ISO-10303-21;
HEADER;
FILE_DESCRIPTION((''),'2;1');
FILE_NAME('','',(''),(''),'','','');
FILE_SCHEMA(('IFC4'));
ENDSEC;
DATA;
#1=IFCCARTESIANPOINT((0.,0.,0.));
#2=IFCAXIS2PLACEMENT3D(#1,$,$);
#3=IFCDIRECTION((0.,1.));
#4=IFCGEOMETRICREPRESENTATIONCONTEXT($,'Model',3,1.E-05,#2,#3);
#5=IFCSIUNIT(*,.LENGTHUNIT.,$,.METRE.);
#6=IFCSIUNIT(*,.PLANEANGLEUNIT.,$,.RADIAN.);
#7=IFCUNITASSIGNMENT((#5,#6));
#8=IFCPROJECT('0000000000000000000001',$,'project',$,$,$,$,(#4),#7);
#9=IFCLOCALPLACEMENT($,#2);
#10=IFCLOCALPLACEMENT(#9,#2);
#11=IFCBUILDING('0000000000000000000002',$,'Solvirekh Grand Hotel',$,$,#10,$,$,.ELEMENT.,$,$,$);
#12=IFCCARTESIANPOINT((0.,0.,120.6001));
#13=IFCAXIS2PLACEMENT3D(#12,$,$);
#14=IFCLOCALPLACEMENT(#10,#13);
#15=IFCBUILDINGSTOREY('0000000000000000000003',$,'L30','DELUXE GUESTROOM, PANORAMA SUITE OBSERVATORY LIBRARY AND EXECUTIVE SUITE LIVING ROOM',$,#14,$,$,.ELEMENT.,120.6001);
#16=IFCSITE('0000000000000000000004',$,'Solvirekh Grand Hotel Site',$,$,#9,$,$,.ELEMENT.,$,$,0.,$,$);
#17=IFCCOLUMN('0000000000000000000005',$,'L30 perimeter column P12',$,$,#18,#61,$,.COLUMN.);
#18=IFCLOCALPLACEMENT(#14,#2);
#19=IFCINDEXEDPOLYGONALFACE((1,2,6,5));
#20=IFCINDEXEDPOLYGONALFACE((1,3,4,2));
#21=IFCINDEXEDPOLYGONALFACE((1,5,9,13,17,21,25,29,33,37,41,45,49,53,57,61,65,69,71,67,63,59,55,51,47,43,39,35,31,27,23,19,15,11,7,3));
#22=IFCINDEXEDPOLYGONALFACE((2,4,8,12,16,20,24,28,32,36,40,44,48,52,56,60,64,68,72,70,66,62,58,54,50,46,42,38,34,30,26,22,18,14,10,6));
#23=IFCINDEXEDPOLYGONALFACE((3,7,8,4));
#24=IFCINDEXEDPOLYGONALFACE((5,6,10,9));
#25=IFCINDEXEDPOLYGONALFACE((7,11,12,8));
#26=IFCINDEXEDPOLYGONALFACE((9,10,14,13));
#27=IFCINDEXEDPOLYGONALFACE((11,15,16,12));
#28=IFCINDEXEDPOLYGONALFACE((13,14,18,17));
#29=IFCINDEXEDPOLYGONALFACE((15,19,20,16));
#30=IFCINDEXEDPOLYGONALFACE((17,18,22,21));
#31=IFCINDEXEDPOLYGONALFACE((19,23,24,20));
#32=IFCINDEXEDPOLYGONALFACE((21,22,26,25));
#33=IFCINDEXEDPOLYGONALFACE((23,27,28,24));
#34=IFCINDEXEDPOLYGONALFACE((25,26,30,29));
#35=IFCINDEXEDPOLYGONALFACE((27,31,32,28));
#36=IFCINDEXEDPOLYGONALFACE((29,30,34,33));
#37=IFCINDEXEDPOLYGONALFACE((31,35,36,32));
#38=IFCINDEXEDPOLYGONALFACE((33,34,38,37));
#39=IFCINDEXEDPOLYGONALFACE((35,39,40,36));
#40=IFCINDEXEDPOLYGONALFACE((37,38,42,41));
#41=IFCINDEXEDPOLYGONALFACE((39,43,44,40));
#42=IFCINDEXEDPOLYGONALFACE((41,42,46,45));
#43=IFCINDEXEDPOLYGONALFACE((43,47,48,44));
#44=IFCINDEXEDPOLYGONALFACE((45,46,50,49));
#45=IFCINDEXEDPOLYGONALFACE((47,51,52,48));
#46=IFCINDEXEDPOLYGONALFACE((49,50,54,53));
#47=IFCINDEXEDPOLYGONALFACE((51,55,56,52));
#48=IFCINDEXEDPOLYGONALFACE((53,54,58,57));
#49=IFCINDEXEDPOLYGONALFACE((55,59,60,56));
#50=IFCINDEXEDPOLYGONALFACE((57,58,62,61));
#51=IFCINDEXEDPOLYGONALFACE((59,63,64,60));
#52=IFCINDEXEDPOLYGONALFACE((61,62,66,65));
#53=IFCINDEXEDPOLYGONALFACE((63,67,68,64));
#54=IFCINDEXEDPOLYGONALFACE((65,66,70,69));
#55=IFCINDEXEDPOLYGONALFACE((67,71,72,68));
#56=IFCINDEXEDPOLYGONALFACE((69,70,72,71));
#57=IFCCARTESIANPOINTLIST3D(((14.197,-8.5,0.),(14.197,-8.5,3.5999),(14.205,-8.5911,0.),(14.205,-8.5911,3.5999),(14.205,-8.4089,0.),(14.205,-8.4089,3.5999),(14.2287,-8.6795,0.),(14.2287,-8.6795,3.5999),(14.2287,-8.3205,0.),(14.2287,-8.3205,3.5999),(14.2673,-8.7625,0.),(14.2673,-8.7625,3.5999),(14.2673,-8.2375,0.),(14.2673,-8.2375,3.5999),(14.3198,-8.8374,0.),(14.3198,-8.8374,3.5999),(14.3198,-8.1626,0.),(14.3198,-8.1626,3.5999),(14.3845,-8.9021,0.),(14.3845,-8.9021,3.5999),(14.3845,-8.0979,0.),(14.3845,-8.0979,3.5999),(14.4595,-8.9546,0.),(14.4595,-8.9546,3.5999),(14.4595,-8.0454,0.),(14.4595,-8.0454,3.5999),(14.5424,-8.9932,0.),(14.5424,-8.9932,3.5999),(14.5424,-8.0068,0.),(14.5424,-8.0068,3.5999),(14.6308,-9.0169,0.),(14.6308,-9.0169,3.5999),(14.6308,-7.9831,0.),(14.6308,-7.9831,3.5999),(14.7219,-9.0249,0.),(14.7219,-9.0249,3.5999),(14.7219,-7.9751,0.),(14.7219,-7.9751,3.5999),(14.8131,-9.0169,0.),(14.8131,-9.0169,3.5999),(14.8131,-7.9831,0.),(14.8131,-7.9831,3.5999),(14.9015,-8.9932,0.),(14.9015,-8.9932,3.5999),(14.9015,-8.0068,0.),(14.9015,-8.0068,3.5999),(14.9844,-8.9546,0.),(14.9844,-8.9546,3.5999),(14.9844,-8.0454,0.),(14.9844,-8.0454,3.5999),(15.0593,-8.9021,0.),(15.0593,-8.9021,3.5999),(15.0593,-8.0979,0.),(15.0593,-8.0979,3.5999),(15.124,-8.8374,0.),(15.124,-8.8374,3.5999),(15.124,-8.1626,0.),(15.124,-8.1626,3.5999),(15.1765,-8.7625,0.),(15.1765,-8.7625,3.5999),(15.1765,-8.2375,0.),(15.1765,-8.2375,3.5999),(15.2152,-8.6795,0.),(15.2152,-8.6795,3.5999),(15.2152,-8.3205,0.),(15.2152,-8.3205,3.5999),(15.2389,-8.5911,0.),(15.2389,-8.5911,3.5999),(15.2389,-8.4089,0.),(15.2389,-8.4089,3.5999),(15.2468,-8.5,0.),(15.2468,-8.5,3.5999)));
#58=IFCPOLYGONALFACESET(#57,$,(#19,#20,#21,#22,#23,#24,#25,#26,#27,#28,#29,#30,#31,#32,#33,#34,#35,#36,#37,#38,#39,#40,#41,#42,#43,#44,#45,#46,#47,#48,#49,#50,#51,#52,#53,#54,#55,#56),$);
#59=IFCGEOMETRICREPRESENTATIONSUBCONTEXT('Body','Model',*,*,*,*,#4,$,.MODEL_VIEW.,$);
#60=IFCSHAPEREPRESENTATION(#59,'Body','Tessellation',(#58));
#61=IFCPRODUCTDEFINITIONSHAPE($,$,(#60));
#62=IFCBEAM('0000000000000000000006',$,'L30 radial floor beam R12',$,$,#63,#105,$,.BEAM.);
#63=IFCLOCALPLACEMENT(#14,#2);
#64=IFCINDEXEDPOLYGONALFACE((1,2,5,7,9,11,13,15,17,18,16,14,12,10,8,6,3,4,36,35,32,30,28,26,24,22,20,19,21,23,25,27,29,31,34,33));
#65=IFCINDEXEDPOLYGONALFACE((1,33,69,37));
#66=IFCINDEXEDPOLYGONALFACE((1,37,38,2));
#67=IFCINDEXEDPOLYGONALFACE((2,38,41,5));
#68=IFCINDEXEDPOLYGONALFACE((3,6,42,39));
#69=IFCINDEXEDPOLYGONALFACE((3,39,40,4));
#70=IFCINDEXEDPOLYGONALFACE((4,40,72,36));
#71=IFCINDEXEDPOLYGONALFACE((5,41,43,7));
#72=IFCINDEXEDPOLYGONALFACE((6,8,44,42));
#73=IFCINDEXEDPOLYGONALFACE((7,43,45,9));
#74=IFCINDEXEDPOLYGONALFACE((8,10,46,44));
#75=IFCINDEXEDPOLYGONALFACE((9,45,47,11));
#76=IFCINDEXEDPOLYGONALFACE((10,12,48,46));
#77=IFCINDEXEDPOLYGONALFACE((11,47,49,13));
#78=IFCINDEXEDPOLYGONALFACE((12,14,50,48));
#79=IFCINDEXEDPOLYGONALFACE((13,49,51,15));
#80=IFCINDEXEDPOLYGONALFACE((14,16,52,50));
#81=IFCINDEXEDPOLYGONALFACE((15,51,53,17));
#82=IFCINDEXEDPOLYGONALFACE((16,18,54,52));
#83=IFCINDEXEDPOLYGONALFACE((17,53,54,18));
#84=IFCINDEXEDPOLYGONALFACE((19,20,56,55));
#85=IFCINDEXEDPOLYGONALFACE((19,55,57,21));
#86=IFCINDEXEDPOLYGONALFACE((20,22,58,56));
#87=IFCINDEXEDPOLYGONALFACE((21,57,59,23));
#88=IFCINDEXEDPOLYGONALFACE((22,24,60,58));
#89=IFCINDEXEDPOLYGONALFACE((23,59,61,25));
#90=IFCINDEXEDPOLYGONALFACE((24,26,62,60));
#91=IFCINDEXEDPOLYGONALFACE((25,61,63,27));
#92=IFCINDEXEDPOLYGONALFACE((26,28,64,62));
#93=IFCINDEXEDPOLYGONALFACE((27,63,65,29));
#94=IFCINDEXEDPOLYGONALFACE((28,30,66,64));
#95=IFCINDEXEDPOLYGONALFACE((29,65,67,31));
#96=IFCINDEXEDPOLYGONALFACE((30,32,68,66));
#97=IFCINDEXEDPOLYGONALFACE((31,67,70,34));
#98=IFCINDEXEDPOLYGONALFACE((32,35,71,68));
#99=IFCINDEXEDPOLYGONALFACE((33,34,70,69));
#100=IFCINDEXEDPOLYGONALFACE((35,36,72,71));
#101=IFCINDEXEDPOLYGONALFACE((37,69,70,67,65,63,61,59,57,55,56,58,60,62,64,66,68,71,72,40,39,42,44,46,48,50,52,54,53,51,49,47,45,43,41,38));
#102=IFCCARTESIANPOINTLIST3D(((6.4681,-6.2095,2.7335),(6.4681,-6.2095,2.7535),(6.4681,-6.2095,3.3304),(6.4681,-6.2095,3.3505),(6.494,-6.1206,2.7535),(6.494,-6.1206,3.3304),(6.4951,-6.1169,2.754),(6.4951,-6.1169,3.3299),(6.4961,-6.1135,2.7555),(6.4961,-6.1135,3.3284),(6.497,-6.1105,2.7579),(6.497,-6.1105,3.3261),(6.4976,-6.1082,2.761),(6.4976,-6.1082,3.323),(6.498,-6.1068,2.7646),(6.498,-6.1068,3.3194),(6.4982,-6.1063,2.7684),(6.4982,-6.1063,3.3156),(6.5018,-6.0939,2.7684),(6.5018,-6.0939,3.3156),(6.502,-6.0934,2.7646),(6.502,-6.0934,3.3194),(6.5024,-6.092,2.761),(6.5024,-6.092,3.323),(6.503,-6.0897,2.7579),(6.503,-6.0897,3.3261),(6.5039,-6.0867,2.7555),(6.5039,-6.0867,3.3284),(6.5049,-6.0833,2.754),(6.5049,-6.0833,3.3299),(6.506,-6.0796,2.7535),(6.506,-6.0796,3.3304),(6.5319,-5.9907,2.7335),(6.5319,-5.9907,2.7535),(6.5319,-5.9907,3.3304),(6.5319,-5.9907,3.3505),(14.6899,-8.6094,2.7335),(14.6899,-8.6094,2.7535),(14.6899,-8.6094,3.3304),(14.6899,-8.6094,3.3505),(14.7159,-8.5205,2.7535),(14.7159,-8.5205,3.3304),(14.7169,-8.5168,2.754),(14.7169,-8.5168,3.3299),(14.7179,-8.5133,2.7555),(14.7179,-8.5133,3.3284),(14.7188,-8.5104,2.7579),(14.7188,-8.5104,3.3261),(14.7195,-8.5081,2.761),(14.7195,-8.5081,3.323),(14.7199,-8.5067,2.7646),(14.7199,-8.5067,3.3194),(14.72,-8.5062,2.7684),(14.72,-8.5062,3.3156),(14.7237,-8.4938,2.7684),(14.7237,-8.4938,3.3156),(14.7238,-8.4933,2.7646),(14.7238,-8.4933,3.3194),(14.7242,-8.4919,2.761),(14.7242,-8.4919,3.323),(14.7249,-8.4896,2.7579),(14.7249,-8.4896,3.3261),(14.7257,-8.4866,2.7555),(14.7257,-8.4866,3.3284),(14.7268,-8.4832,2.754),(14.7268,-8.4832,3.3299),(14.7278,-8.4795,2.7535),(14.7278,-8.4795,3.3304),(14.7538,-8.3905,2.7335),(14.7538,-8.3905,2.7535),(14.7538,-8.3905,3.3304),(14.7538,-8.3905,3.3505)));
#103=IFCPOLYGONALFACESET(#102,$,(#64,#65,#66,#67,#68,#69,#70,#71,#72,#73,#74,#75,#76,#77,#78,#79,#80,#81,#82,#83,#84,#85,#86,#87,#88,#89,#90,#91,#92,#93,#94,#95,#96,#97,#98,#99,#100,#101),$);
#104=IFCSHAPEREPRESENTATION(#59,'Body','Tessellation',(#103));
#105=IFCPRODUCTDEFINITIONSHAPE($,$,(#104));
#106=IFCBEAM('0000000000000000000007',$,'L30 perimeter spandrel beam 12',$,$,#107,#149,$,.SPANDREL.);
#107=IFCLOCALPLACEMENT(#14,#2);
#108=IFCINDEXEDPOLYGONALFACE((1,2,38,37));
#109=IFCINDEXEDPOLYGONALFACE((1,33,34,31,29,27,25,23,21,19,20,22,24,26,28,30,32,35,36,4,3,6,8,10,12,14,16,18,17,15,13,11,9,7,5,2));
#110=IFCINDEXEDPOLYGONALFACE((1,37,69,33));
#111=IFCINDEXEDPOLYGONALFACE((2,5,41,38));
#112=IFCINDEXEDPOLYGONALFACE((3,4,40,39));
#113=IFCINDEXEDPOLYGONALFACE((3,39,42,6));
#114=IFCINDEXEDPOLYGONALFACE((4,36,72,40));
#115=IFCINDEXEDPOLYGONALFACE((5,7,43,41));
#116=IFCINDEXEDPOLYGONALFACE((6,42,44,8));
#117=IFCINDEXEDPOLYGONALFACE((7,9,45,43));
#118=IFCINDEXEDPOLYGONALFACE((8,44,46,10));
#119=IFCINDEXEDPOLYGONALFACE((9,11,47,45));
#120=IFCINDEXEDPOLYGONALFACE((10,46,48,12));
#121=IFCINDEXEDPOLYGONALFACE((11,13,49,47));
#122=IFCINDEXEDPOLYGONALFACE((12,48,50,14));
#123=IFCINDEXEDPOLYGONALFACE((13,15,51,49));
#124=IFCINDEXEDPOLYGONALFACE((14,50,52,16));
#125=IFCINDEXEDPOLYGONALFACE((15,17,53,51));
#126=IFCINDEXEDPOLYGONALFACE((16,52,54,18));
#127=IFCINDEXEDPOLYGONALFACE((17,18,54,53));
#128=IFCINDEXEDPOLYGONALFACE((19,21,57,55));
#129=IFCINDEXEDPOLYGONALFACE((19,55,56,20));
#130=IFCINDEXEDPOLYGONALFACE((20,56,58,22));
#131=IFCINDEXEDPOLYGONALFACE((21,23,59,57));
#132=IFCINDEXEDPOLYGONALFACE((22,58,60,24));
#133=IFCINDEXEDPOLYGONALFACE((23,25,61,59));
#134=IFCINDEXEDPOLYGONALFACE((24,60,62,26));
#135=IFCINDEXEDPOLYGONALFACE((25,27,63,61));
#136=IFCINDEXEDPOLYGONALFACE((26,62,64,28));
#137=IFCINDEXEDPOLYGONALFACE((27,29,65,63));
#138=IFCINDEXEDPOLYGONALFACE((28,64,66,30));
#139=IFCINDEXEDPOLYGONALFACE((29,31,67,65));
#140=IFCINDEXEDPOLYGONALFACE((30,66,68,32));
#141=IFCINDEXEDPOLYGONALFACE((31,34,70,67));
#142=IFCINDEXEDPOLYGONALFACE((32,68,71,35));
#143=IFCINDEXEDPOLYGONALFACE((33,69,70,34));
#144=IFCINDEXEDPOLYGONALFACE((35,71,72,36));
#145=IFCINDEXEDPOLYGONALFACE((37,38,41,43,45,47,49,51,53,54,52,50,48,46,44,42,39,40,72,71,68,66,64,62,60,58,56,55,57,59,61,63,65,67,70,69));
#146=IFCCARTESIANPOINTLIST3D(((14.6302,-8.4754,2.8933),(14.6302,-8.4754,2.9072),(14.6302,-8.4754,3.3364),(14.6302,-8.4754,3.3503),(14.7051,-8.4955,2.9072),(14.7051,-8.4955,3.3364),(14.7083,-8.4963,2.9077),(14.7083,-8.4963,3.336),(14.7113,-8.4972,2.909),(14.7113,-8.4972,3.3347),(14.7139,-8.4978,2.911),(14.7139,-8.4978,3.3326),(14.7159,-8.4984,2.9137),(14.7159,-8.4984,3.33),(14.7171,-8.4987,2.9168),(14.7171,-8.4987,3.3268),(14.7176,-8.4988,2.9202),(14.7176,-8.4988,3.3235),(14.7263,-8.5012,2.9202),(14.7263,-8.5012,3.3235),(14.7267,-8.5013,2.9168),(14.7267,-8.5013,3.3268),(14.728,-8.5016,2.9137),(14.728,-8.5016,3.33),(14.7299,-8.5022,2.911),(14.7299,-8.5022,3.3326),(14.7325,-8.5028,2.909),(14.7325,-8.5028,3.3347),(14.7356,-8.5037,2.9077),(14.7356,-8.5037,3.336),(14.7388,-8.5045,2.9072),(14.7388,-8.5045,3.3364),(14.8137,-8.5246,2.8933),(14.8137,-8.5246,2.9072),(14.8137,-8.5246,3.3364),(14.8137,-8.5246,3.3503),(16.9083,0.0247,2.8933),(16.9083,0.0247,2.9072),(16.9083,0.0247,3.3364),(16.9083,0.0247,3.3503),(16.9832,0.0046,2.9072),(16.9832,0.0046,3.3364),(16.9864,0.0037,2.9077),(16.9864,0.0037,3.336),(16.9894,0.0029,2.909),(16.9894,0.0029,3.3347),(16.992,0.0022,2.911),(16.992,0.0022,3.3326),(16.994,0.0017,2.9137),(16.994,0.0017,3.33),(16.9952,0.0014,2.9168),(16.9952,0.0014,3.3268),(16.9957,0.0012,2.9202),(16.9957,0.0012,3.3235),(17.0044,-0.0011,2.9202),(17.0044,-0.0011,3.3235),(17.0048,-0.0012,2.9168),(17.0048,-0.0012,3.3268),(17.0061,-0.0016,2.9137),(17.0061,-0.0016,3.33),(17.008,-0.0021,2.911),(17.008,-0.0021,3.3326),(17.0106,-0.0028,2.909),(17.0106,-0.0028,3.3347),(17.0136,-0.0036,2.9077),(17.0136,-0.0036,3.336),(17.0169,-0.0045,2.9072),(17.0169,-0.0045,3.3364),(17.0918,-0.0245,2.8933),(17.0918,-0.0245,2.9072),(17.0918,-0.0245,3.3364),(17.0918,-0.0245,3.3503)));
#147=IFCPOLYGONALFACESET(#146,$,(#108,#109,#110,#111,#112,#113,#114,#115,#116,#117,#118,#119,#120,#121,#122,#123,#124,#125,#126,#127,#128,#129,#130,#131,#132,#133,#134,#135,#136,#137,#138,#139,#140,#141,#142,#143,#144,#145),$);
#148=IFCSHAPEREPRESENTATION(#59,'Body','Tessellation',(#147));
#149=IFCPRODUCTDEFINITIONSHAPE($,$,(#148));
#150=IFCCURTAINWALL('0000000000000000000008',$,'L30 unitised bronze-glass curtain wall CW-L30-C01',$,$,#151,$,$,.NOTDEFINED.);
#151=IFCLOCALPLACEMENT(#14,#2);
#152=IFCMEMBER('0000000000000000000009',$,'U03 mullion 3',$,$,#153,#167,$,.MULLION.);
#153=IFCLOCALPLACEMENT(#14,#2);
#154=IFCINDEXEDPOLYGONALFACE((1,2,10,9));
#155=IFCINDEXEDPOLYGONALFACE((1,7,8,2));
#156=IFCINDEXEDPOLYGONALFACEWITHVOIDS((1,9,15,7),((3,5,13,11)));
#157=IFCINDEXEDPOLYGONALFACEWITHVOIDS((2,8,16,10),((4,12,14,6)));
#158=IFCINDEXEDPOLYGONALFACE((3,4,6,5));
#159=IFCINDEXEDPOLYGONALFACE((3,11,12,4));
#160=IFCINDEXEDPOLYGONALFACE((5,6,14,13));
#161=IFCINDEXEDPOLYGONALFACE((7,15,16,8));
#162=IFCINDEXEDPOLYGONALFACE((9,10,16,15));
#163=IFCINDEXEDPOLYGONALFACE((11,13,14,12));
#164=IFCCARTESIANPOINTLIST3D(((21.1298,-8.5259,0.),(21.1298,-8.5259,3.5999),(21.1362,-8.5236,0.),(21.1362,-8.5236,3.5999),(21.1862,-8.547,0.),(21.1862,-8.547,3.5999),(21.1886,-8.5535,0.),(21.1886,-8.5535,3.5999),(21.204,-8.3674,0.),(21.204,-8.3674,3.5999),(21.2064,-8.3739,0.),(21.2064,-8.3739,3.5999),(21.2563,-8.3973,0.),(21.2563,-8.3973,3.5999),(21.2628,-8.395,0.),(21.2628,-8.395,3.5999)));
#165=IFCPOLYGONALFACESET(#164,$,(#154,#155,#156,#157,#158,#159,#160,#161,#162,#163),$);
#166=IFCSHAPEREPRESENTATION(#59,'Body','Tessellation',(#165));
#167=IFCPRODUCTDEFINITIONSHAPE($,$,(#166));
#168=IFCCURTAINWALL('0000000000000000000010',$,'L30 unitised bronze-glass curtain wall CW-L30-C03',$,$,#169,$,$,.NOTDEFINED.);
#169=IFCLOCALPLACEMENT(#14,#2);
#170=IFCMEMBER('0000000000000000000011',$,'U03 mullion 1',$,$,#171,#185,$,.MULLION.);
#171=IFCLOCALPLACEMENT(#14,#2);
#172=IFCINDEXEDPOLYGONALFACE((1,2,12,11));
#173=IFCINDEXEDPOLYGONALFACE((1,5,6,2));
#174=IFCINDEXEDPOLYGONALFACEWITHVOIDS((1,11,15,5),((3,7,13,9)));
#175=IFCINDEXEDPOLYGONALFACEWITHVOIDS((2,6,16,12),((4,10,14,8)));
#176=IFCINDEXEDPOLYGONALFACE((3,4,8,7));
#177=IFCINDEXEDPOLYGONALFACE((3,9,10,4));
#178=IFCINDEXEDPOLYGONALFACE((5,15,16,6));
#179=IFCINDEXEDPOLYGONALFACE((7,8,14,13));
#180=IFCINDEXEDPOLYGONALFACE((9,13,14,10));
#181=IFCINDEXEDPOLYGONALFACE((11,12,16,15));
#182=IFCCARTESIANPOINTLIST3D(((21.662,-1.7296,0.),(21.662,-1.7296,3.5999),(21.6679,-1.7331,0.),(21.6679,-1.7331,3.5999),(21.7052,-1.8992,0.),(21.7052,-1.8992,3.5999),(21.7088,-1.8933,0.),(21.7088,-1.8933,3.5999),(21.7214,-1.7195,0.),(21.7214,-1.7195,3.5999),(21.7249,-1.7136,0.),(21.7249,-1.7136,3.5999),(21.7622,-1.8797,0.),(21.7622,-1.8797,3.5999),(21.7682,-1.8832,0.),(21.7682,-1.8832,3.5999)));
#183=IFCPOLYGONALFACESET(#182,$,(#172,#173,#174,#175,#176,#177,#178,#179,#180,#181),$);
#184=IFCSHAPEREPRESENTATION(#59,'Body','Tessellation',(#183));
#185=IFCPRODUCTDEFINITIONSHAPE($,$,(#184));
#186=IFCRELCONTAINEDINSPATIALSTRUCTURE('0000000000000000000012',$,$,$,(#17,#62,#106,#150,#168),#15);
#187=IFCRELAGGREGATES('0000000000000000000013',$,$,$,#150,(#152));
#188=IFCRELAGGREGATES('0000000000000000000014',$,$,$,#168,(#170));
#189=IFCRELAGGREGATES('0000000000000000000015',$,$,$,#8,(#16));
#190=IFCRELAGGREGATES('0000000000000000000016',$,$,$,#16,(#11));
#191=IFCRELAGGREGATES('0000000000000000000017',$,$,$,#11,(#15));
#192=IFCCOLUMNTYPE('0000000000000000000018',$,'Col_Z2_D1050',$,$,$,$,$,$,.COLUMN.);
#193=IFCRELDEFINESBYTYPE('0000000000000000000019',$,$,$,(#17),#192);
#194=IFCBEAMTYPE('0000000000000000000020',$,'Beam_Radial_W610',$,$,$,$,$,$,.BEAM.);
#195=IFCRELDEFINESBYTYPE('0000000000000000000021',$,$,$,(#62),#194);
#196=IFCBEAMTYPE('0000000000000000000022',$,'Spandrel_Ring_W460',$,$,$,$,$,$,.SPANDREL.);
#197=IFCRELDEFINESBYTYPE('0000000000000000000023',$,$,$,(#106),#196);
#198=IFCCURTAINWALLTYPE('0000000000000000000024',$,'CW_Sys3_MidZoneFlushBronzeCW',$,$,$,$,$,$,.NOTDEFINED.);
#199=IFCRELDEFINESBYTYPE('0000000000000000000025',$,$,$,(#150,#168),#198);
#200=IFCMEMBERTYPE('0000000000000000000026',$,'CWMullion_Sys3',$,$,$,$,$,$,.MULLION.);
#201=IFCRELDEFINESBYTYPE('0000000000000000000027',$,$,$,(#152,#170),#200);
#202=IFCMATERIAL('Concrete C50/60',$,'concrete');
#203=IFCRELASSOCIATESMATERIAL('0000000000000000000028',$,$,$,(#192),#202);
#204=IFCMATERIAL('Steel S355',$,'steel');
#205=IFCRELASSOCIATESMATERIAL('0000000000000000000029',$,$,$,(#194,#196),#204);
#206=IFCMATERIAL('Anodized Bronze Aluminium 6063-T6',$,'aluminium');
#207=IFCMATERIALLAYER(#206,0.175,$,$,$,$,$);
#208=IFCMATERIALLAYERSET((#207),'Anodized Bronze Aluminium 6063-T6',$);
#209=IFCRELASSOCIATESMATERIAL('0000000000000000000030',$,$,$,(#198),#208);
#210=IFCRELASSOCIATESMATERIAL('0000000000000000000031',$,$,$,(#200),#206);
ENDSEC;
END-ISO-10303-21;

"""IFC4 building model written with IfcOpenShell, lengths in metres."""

from ifc_helpers import new_model, si_unit, direction, frame, origin, origin_2d, place, context, subcontext, project, spatial, hollow_rectangle, circle, i_section, extrude, source, transform, mapped, material, layer, layer_set, material_profile, profile_set, type_object, element, aggregate, save


model = new_model("IFC4")

# Units and contexts
model_context = context("Model", 3, precision=1e-05, world=origin(), true_north=direction((0.0, 1.0)))
body_context = subcontext(model_context, "Body", "Model", "MODEL_VIEW")
ifc_project = project(units=[si_unit("LENGTHUNIT", "METRE"), si_unit("PLANEANGLEUNIT", "RADIAN")], contexts=[model_context])

# Site, building, storey
site_placement = place(None, origin())
site = spatial("IfcSite", under=ifc_project, at=site_placement, Name="Solvirekh Grand Hotel Site", CompositionType="ELEMENT", RefElevation=0.0)
building_placement = place(site_placement, origin())
building = spatial("IfcBuilding", under=site, at=building_placement, Name="Solvirekh Grand Hotel", CompositionType="ELEMENT")
storey_placement = place(building_placement, frame((0.0, 0.0, 120.6001)))
storey = spatial("IfcBuildingStorey", under=building, at=storey_placement, Name="L30", Description="DELUXE GUESTROOM, PANORAMA SUITE OBSERVATORY LIBRARY AND EXECUTIVE SUITE LIVING ROOM", CompositionType="ELEMENT", Elevation=120.6001)

# Column
ifc_material_1 = material(Name="Concrete C50/60", Category="concrete")
ifc_material_profile_1 = material_profile(ifc_material_1, circle(Radius=0.5249, at=origin_2d()), Name="RC CIRC D1050")
ifc_profile_set_1 = profile_set([ifc_material_profile_1], Name="Concrete C50/60")
column_type = type_object("IfcColumnType", Name="Col_Z2_D1050", PredefinedType="COLUMN", material=ifc_profile_set_1)
column_placement = place(storey_placement, frame((14.7219, -8.5, 0.0), z_axis=(0.0, 0.0, 1.0), x_axis=(1.0, 0.0, 0.0)))
element("IfcColumn", 1, at=column_placement, inside=storey, type_object=column_type, Name="L30 perimeter column P12", PredefinedType="COLUMN", context=body_context, shape_type="SweptSolid", body=[
    extrude(circle(Radius=0.5249, at=origin_2d()), origin(), (0.0, 0.0, 1.0), 3.5999),
])

# Beams
ifc_material_2 = material(Name="Steel S355", Category="steel")
ifc_material_profile_2 = material_profile(ifc_material_2, i_section(OverallWidth=0.228, OverallDepth=0.6169, WebThickness=0.0129, FlangeThickness=0.02, FilletRadius=0.0149, at=origin_2d()), Name="W610X140")
ifc_profile_set_2 = profile_set([ifc_material_profile_2], Name="Steel S355")
beam_type_1 = type_object("IfcBeamType", Name="Beam_Radial_W610", PredefinedType="BEAM", material=ifc_profile_set_2)
beam_1_placement = place(storey_placement, frame((6.5, -6.1001, 3.042), z_axis=(0.959942, -0.280198, 0.0), x_axis=(0.280198, 0.959942, 0.0)))
element("IfcBeam", 2, at=beam_1_placement, inside=storey, type_object=beam_type_1, Name="L30 radial floor beam R12", PredefinedType="BEAM", context=body_context, shape_type="SweptSolid", body=[
    extrude(i_section(OverallWidth=0.228, OverallDepth=0.6169, WebThickness=0.0129, FlangeThickness=0.02, FilletRadius=0.0149, at=origin_2d()), origin(), (0.0, 0.0, 1.0), 8.5649),
])
ifc_material_profile_3 = material_profile(ifc_material_2, i_section(OverallWidth=0.1899, OverallDepth=0.457, WebThickness=0.009, FlangeThickness=0.0139, FilletRadius=0.0129, at=origin_2d()), Name="W460X74")
ifc_profile_set_3 = profile_set([ifc_material_profile_3], Name="Steel S355")
beam_type_2 = type_object("IfcBeamType", Name="Spandrel_Ring_W460", PredefinedType="SPANDREL", material=ifc_profile_set_3)
beam_2_placement = place(storey_placement, frame((14.7219, -8.5, 3.1218), z_axis=(0.258873, 0.965911, 0.0), x_axis=(-0.965911, 0.258873, 0.0)))
element("IfcBeam", 3, at=beam_2_placement, inside=storey, type_object=beam_type_2, Name="L30 perimeter spandrel beam 12", PredefinedType="SPANDREL", context=body_context, shape_type="SweptSolid", body=[
    extrude(i_section(OverallWidth=0.1899, OverallDepth=0.457, WebThickness=0.009, FlangeThickness=0.0139, FilletRadius=0.0129, at=origin_2d()), origin(), (0.0, 0.0, 1.0), 8.8),
])

# Curtain wall, member
ifc_material_3 = material(Name="Anodized Bronze Aluminium 6063-T6", Category="aluminium")
ifc_layer_1 = layer(ifc_material_3, 0.175)
ifc_layer_set_1 = layer_set([ifc_layer_1], Name="Anodized Bronze Aluminium 6063-T6")
curtain_wall_type = type_object("IfcCurtainWallType", Name="CW_Sys3_MidZoneFlushBronzeCW", PredefinedType="NOTDEFINED", material=ifc_layer_set_1)
curtain_wall_1_placement = place(storey_placement, origin())
curtain_wall_1 = element("IfcCurtainWall", 4, at=curtain_wall_1_placement, inside=storey, type_object=curtain_wall_type, Name="L30 unitised bronze-glass curtain wall CW-L30-C01", PredefinedType="NOTDEFINED")
ifc_material_profile_4 = material_profile(ifc_material_3, hollow_rectangle(XDim=0.0649, YDim=0.175, WallThickness=0.0049, at=origin_2d()), Name="ALU RHS 175X65X5")
ifc_profile_set_4 = profile_set([ifc_material_profile_4], Name="Anodized Bronze Aluminium 6063-T6")
member_type_1 = type_object("IfcMemberType", Name="CWMullion_Sys3", PredefinedType="MULLION", material=ifc_profile_set_4)
shared_shape_1 = source(origin(), body_context, "Body", "SweptSolid", [
    extrude(hollow_rectangle(XDim=0.0649, YDim=0.175, WallThickness=0.0049, at=origin_2d()), origin(), (0.0, 0.0, 1.0), 3.5999),
])
member_1_placement = place(storey_placement, frame((21.1963, -8.4604, 0.0), z_axis=(0.0, 0.0, 1.0), x_axis=(-0.905564, 0.424209, 0.0)))
member_1 = element("IfcMember", 5, at=member_1_placement, type_object=member_type_1, Name="U03 mullion 3", PredefinedType="MULLION", context=body_context, shape_type="MappedRepresentation", body=[
    mapped(shared_shape_1, transform((0.0, 0.0, 0.0), x_axis=(1.0, 0.0, 0.0), y_axis=(0.0, 1.0, 0.0), z_axis=(0.0, 0.0, 1.0), scale=1.0)),
])
aggregate(curtain_wall_1, [member_1])

# Curtain wall, member
curtain_wall_2_placement = place(storey_placement, origin())
curtain_wall_2 = element("IfcCurtainWall", 6, at=curtain_wall_2_placement, inside=storey, type_object=curtain_wall_type, Name="L30 unitised bronze-glass curtain wall CW-L30-C03", PredefinedType="NOTDEFINED")
member_2_placement = place(storey_placement, frame((21.7151, -1.8064, 0.0), z_axis=(0.0, 0.0, 1.0), x_axis=(-0.96903, -0.246943, 0.0)))
member_2 = element("IfcMember", 7, at=member_2_placement, type_object=member_type_1, Name="U03 mullion 1", PredefinedType="MULLION", context=body_context, shape_type="MappedRepresentation", body=[
    mapped(shared_shape_1, transform((0.0, 0.0, 0.0), x_axis=(1.0, 0.0, 0.0), y_axis=(0.0, 1.0, 0.0), z_axis=(0.0, 0.0, 1.0), scale=1.0)),
])
aggregate(curtain_wall_2, [member_2])

save(model, "model.ifc")
